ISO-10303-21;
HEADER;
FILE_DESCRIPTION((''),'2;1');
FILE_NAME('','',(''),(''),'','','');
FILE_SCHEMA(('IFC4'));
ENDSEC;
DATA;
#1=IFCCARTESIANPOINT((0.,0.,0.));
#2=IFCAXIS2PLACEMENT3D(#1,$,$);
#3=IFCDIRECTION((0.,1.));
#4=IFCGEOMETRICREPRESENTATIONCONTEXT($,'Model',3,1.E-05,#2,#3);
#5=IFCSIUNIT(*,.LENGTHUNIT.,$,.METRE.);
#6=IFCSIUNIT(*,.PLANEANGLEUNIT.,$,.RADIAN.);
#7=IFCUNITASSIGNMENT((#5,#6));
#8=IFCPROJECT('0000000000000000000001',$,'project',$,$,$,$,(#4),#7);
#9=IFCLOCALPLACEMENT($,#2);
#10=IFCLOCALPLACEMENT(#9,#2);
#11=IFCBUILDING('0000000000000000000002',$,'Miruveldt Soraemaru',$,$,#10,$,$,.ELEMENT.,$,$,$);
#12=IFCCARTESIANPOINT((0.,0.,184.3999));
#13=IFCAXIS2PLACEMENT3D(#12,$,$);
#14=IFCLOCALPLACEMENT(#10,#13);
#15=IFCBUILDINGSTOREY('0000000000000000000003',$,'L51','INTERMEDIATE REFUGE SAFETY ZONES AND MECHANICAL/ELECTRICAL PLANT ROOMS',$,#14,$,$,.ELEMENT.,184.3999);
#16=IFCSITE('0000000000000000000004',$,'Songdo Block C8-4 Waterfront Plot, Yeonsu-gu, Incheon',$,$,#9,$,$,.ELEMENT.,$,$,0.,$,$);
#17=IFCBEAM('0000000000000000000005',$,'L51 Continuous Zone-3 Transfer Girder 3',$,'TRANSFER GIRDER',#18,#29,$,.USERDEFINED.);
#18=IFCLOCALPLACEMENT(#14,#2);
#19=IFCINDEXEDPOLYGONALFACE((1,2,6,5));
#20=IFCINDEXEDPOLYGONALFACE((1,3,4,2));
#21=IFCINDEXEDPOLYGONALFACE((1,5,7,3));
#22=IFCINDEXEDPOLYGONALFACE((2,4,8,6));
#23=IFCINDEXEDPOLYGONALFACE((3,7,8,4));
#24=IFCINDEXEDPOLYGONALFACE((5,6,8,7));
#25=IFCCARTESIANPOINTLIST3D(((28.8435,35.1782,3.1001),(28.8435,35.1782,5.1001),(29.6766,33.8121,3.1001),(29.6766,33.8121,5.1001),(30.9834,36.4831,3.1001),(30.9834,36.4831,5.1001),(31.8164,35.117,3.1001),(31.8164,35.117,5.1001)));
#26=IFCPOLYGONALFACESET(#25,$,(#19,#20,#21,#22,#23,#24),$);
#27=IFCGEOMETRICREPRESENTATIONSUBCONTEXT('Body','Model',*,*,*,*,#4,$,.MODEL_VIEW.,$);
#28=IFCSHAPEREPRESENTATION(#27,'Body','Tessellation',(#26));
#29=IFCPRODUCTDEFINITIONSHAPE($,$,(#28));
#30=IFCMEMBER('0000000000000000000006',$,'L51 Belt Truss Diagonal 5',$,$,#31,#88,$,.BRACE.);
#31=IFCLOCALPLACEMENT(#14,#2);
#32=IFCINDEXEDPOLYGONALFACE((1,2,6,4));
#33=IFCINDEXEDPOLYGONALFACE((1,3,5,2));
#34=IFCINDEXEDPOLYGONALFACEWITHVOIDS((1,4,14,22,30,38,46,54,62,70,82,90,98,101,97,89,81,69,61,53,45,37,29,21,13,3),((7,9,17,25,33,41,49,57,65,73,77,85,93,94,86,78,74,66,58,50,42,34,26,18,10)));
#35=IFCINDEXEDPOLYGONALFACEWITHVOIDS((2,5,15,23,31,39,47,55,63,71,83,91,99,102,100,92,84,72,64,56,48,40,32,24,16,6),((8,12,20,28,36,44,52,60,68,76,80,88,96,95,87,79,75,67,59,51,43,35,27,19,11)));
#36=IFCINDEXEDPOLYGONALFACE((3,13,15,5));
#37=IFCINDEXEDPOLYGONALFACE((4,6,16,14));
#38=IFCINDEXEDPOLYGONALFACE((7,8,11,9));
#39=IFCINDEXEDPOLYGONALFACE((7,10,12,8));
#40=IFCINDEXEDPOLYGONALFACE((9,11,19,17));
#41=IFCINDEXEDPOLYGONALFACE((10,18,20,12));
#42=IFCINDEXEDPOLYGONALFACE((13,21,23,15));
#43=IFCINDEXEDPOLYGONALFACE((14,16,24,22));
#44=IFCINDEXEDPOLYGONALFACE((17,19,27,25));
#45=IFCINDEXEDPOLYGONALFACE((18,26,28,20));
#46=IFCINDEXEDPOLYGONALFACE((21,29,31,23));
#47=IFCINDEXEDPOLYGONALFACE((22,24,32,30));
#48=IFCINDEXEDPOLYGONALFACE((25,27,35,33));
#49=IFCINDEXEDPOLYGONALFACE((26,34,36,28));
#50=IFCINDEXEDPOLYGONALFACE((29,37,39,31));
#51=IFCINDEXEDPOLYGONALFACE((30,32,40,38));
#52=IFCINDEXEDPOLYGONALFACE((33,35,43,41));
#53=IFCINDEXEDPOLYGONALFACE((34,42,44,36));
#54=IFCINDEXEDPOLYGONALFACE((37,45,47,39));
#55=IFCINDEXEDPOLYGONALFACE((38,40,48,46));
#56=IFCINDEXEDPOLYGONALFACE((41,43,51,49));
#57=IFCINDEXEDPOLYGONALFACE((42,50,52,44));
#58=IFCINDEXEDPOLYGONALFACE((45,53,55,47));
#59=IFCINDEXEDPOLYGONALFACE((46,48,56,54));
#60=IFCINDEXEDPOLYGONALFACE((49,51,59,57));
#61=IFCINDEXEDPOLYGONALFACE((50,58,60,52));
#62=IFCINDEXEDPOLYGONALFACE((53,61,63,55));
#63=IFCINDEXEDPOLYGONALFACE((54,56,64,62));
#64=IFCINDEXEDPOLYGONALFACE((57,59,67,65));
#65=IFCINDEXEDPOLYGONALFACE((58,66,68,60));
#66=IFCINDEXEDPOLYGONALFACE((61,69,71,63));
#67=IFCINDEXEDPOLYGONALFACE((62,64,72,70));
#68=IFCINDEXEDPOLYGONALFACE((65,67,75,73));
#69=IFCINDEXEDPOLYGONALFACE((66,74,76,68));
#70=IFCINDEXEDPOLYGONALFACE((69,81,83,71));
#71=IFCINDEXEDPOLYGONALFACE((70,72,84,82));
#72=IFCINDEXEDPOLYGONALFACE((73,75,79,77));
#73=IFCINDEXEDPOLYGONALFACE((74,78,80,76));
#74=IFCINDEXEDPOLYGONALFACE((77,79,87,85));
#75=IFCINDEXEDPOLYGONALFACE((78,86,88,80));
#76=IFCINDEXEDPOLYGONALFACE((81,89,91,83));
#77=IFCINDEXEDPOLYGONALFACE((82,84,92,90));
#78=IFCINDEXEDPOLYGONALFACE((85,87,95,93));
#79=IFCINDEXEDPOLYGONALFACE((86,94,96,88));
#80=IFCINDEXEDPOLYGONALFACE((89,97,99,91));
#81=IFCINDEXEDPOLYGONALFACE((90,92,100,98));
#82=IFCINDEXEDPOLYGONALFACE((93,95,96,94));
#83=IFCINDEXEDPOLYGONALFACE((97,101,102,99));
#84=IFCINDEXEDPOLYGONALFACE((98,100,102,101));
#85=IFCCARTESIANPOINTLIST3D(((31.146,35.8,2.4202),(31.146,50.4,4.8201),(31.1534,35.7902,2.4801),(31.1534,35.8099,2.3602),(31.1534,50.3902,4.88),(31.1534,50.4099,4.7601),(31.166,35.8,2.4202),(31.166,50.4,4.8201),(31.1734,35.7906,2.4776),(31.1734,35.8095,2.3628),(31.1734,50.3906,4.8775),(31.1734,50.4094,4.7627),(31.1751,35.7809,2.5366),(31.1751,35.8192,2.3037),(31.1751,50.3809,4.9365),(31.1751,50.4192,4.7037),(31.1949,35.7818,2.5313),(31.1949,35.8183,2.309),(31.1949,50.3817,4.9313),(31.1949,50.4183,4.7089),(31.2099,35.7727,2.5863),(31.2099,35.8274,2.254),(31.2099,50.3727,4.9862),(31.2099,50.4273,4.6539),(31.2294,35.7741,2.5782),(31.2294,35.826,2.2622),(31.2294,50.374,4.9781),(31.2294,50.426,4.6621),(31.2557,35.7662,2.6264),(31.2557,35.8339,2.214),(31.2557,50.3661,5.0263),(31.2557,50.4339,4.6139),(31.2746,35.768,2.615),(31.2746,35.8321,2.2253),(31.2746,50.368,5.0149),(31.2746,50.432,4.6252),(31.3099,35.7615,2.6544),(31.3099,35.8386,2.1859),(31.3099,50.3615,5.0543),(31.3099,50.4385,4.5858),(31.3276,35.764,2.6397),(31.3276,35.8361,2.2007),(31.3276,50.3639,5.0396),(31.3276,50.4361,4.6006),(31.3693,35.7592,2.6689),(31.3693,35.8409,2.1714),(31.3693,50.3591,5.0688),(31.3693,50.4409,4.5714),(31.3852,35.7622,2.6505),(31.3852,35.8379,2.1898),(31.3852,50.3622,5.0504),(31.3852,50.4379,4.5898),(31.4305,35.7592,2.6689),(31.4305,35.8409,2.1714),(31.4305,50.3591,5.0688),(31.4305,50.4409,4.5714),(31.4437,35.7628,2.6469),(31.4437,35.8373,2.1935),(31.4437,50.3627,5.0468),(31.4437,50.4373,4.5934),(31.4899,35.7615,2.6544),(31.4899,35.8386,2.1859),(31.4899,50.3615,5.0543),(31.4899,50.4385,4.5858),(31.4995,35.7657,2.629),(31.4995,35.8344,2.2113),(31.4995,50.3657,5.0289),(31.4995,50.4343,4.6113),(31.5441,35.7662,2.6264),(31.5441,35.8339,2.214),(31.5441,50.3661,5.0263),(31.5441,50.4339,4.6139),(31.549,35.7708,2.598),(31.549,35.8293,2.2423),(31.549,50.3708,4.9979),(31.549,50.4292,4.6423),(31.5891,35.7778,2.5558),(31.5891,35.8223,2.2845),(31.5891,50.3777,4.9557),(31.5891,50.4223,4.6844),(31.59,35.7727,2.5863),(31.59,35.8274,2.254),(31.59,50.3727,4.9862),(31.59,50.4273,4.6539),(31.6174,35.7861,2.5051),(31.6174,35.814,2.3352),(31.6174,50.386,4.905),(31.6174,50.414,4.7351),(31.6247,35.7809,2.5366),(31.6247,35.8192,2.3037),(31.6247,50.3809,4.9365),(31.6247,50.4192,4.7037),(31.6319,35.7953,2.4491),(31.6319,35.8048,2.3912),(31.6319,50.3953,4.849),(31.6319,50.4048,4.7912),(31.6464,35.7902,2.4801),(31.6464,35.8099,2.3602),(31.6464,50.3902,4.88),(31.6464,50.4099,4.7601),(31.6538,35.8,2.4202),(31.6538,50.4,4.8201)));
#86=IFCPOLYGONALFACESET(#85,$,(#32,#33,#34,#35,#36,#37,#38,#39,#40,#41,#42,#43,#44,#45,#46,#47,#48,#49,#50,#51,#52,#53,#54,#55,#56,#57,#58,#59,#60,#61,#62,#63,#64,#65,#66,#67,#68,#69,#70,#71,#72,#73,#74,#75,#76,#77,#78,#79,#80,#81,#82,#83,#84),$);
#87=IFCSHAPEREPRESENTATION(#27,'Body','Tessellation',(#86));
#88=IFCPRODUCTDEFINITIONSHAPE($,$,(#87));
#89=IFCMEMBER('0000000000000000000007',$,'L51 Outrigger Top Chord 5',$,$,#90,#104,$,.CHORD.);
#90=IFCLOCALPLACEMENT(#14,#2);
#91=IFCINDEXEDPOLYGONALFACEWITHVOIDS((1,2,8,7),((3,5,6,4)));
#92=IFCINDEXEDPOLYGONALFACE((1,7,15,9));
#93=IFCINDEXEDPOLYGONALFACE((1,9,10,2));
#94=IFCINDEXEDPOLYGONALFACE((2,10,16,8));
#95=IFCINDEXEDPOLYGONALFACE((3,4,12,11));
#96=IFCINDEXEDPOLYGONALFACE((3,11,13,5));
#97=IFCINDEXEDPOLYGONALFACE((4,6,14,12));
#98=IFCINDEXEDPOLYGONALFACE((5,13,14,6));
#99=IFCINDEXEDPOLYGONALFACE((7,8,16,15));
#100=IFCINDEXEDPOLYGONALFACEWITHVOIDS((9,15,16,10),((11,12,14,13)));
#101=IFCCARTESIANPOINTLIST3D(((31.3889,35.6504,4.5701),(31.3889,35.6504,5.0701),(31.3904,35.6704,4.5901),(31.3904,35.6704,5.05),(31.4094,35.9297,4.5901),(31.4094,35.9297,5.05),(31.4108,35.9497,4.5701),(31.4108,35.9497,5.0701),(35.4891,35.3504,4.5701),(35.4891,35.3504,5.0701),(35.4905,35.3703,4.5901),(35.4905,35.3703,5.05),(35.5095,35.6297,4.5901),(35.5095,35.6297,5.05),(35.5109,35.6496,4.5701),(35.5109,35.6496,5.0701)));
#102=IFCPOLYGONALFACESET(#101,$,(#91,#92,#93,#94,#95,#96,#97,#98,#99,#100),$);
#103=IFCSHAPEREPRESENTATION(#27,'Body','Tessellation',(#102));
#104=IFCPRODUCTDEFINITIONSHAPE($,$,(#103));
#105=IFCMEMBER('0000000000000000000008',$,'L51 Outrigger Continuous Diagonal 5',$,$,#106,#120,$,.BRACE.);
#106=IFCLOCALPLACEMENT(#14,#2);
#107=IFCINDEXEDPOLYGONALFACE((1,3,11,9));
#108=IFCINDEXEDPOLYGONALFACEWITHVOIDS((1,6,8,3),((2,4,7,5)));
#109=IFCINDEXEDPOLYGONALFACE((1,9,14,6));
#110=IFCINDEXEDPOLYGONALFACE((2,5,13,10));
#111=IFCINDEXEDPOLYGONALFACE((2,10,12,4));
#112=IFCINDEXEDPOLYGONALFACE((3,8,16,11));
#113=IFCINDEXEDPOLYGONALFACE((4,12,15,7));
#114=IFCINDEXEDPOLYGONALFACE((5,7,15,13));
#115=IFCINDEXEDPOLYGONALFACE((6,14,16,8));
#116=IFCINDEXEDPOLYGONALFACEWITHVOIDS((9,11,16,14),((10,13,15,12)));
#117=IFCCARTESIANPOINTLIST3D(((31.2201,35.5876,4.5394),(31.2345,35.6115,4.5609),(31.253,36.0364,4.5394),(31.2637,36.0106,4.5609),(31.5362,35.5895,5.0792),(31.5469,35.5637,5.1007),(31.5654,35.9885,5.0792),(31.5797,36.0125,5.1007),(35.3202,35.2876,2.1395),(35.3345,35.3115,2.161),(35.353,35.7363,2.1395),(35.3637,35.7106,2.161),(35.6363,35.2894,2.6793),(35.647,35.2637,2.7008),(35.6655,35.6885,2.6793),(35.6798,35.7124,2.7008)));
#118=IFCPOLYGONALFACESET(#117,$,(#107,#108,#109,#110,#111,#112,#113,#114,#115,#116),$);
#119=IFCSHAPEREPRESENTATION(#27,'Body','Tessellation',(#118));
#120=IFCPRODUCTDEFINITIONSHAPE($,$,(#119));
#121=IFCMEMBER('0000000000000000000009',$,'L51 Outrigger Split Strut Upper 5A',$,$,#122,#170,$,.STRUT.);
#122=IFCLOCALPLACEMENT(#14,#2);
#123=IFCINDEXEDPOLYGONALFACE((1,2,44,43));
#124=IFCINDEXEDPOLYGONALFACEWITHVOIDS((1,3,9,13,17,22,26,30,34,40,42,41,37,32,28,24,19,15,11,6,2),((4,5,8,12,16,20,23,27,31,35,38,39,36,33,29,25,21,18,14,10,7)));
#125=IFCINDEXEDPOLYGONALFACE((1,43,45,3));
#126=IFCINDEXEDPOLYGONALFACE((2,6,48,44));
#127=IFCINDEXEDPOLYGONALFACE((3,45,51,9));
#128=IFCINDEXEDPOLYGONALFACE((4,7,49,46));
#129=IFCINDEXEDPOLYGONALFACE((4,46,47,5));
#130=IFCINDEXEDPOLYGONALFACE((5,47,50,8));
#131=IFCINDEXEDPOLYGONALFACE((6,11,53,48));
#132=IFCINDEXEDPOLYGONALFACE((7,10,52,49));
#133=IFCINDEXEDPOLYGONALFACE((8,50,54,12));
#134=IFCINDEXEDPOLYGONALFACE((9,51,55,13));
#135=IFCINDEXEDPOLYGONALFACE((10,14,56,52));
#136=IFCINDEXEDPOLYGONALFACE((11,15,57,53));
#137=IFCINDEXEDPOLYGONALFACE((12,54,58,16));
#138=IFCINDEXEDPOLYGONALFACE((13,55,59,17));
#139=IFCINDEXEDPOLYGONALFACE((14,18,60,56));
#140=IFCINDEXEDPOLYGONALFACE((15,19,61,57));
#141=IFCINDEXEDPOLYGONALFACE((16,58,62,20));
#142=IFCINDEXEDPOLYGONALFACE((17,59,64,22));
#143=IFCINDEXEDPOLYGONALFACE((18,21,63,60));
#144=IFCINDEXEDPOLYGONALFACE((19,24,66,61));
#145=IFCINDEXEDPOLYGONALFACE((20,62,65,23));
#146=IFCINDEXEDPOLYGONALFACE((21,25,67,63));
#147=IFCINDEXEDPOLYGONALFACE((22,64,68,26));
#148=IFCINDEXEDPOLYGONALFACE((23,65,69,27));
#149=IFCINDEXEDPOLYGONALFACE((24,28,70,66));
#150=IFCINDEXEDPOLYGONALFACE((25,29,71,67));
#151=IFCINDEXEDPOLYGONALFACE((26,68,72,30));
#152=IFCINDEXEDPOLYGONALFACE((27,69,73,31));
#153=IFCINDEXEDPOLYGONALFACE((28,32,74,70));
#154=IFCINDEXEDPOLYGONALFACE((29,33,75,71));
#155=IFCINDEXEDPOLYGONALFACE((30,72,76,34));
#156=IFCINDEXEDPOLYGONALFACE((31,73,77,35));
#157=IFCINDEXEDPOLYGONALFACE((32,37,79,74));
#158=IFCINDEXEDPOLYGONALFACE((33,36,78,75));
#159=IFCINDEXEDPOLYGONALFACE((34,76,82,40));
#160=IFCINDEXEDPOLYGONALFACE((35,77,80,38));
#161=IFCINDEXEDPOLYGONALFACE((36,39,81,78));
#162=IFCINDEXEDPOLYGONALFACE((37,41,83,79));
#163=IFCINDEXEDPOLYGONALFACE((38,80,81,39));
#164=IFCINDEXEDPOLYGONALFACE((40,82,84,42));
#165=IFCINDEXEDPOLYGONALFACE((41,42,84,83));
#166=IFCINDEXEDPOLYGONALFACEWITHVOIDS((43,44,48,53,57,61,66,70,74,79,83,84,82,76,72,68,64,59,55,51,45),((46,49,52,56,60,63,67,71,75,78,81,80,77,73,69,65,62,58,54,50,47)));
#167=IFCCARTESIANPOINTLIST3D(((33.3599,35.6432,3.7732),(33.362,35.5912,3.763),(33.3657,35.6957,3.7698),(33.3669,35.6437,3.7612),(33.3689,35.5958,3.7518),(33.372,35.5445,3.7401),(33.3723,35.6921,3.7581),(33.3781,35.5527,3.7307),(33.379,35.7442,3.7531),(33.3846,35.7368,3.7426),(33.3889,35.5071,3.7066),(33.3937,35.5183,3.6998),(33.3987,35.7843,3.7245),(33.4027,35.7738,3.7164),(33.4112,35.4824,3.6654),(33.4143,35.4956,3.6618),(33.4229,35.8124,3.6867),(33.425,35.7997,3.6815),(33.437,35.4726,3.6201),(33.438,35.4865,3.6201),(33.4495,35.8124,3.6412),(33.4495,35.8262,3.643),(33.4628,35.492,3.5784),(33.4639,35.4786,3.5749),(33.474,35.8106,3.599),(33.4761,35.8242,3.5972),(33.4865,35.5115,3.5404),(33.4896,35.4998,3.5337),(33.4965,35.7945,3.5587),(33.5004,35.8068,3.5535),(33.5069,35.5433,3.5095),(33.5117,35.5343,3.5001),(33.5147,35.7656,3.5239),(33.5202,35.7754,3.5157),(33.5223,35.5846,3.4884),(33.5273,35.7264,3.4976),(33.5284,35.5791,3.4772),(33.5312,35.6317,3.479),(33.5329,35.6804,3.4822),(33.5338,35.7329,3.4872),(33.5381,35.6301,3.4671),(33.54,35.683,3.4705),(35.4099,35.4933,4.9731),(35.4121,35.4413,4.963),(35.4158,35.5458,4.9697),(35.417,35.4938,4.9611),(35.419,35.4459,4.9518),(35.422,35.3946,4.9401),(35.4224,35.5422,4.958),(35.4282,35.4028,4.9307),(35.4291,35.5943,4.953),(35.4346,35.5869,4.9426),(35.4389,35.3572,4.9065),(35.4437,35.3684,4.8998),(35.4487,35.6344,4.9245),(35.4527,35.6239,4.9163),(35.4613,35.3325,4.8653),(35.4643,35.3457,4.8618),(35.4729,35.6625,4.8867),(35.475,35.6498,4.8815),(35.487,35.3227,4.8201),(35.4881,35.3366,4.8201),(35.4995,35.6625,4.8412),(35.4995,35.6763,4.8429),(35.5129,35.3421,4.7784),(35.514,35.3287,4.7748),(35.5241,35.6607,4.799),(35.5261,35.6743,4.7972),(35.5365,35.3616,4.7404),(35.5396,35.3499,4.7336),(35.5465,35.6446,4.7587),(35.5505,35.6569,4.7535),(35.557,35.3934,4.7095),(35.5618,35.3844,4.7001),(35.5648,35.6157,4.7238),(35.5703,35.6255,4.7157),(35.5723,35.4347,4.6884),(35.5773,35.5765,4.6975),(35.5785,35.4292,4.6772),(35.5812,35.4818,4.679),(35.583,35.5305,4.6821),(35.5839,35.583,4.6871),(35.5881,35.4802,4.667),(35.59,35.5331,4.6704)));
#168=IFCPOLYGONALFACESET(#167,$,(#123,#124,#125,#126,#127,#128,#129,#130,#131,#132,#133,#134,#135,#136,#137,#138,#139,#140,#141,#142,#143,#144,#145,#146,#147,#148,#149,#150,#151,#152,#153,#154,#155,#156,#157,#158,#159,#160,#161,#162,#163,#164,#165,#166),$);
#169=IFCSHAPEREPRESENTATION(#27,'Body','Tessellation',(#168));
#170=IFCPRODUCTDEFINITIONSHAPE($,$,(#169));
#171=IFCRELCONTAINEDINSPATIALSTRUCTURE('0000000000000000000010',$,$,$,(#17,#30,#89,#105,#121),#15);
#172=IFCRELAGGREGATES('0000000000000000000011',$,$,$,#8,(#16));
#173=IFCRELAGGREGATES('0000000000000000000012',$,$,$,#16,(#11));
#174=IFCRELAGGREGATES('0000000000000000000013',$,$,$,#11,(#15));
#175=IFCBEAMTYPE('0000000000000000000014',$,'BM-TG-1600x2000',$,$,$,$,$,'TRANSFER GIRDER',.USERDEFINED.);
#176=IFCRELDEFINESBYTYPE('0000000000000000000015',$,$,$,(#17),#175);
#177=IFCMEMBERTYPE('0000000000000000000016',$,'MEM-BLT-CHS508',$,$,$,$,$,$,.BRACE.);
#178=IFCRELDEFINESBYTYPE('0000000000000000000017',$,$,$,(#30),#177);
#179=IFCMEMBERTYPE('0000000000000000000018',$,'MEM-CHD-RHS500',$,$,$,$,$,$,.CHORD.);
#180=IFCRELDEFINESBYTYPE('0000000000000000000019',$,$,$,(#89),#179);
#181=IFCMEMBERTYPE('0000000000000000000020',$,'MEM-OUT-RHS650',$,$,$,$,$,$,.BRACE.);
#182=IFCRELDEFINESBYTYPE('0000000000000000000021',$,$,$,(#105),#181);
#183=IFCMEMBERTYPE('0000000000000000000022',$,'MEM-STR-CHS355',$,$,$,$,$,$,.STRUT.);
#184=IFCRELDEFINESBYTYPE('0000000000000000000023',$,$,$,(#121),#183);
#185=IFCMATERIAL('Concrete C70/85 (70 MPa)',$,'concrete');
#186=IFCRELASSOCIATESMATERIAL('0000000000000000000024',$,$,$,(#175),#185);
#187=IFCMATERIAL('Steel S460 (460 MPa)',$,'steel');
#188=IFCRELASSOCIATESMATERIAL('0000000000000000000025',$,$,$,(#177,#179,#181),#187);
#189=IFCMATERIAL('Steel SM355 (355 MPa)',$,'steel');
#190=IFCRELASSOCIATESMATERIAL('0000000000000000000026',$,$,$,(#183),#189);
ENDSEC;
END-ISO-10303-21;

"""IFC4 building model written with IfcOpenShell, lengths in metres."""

from ifc_helpers import new_model, si_unit, direction, frame, origin, origin_2d, place, context, subcontext, project, spatial, rectangle, hollow_rectangle, hollow_circle, extrude, material, material_profile, profile_set, type_object, element, save


model = new_model("IFC4")

# Units and contexts
model_context = context("Model", 3, precision=1e-05, world=origin(), true_north=direction((0.0, 1.0)))
body_context = subcontext(model_context, "Body", "Model", "MODEL_VIEW")
ifc_project = project(units=[si_unit("LENGTHUNIT", "METRE"), si_unit("PLANEANGLEUNIT", "RADIAN")], contexts=[model_context])

# Site, building, storey
site_placement = place(None, origin())
site = spatial("IfcSite", under=ifc_project, at=site_placement, Name="Songdo Block C8-4 Waterfront Plot, Yeonsu-gu, Incheon", CompositionType="ELEMENT", RefElevation=0.0)
building_placement = place(site_placement, origin())
building = spatial("IfcBuilding", under=site, at=building_placement, Name="Miruveldt Soraemaru", CompositionType="ELEMENT")
storey_placement = place(building_placement, frame((0.0, 0.0, 184.3999)))
storey = spatial("IfcBuildingStorey", under=building, at=storey_placement, Name="L51", Description="INTERMEDIATE REFUGE SAFETY ZONES AND MECHANICAL/ELECTRICAL PLANT ROOMS", CompositionType="ELEMENT", Elevation=184.3999)

# Shared definitions
ifc_material_1 = material(Name="Concrete C70/85 (70 MPa)", Category="concrete")

# Beam
ifc_material_2 = material(Name="Steel S460 (460 MPa)", Category="steel")
ifc_material_3 = material(Name="Steel SM355 (355 MPa)", Category="steel")
ifc_material_profile_1 = material_profile(ifc_material_1, rectangle(XDim=1.6001, YDim=2.0, at=origin_2d()), Name="Concrete C70/85 (70 MPa)", Category="concrete")
ifc_profile_set_1 = profile_set([ifc_material_profile_1], Name="Concrete C70/85 (70 MPa)")
beam_type_1 = type_object("IfcBeamType", Name="BM-TG-1600x2000", ElementType="TRANSFER GIRDER", PredefinedType="USERDEFINED", material=ifc_profile_set_1)
beam_1_placement = place(storey_placement, frame((31.3999, 35.8, 4.1001), z_axis=(-0.853775, -0.520642, 0.0), x_axis=(0.520642, -0.853775, 0.0)))
element("IfcBeam", 1, at=beam_1_placement, inside=storey, type_object=beam_type_1, Name="L51 Continuous Zone-3 Transfer Girder 3", ObjectType="TRANSFER GIRDER", PredefinedType="USERDEFINED", context=body_context, shape_type="SweptSolid", body=[
    extrude(rectangle(XDim=1.6001, YDim=2.0, at=origin_2d()), origin(), (0.0, 0.0, 1.0), 2.5063),
])

# Members
ifc_material_profile_2 = material_profile(ifc_material_2, hollow_circle(Radius=0.2539, WallThickness=0.02, at=origin_2d()), Name="Steel S460 (460 MPa)", Category="steel")
ifc_profile_set_2 = profile_set([ifc_material_profile_2], Name="Steel S460 (460 MPa)")
member_type_1 = type_object("IfcMemberType", Name="MEM-BLT-CHS508", PredefinedType="BRACE", material=ifc_profile_set_2)
member_1_placement = place(storey_placement, frame((31.3999, 35.8, 2.4202), z_axis=(0.0, 0.986758, 0.162202), x_axis=(-1.0, 0.0, 0.0)))
element("IfcMember", 2, at=member_1_placement, inside=storey, type_object=member_type_1, Name="L51 Belt Truss Diagonal 5", PredefinedType="BRACE", context=body_context, shape_type="SweptSolid", body=[
    extrude(hollow_circle(Radius=0.2539, WallThickness=0.02, at=origin_2d()), origin(), (0.0, 0.0, 1.0), 14.7959),
])
ifc_material_profile_3 = material_profile(ifc_material_2, hollow_rectangle(XDim=0.3, YDim=0.5, WallThickness=0.02, at=origin_2d()), Name="Steel S460 (460 MPa)", Category="steel")
ifc_profile_set_3 = profile_set([ifc_material_profile_3], Name="Steel S460 (460 MPa)")
member_type_2 = type_object("IfcMemberType", Name="MEM-CHD-RHS500", PredefinedType="CHORD", material=ifc_profile_set_3)
member_2_placement = place(storey_placement, frame((35.5, 35.5, 4.8201), z_axis=(-0.997333, 0.072986, 0.0), x_axis=(-0.072986, -0.997333, 0.0)))
element("IfcMember", 3, at=member_2_placement, inside=storey, type_object=member_type_2, Name="L51 Outrigger Top Chord 5", PredefinedType="CHORD", context=body_context, shape_type="SweptSolid", body=[
    extrude(hollow_rectangle(XDim=0.3, YDim=0.5, WallThickness=0.02, at=origin_2d()), origin(), (0.0, 0.0, 1.0), 4.1111),
])
ifc_material_profile_4 = material_profile(ifc_material_2, hollow_rectangle(XDim=0.45, YDim=0.6499, WallThickness=0.0249, at=origin_2d()), Name="Steel S460 (460 MPa)", Category="steel")
ifc_profile_set_4 = profile_set([ifc_material_profile_4], Name="Steel S460 (460 MPa)")
member_type_3 = type_object("IfcMemberType", Name="MEM-OUT-RHS650", PredefinedType="BRACE", material=ifc_profile_set_4)
member_3_placement = place(storey_placement, frame((35.5, 35.5, 2.4202), z_axis=(-0.861313, 0.063032, 0.50415), x_axis=(-0.072986, -0.997333, 0.0)))
element("IfcMember", 4, at=member_3_placement, inside=storey, type_object=member_type_3, Name="L51 Outrigger Continuous Diagonal 5", PredefinedType="BRACE", context=body_context, shape_type="SweptSolid", body=[
    extrude(hollow_rectangle(XDim=0.45, YDim=0.6499, WallThickness=0.0249, at=origin_2d()), origin(), (0.0, 0.0, 1.0), 4.7603),
])
ifc_material_profile_5 = material_profile(ifc_material_3, hollow_circle(Radius=0.1777, WallThickness=0.0139, at=origin_2d()), Name="Steel SM355 (355 MPa)", Category="steel")
ifc_profile_set_5 = profile_set([ifc_material_profile_5], Name="Steel SM355 (355 MPa)")
member_type_4 = type_object("IfcMemberType", Name="MEM-STR-CHS355", PredefinedType="STRUT", material=ifc_profile_set_5)
for number, where, z_axis, x_axis, name in (
    (5, (35.5, 35.5, 4.8201), (-0.861315, 0.062981, -0.504152), (-0.072927, -0.997337, 0.0), "L51 Outrigger Split Strut Upper 5A"),
):
    element("IfcMember", number, at=place(storey_placement, frame(where, z_axis=z_axis, x_axis=x_axis)), inside=storey, type_object=member_type_4, Name=name, PredefinedType="STRUT", context=body_context, shape_type="SweptSolid", body=[
        extrude(hollow_circle(Radius=0.1777, WallThickness=0.0139, at=origin_2d()), origin(), (0.0, 0.0, 1.0), 2.3801),
    ])

save(model, "model.ifc")
